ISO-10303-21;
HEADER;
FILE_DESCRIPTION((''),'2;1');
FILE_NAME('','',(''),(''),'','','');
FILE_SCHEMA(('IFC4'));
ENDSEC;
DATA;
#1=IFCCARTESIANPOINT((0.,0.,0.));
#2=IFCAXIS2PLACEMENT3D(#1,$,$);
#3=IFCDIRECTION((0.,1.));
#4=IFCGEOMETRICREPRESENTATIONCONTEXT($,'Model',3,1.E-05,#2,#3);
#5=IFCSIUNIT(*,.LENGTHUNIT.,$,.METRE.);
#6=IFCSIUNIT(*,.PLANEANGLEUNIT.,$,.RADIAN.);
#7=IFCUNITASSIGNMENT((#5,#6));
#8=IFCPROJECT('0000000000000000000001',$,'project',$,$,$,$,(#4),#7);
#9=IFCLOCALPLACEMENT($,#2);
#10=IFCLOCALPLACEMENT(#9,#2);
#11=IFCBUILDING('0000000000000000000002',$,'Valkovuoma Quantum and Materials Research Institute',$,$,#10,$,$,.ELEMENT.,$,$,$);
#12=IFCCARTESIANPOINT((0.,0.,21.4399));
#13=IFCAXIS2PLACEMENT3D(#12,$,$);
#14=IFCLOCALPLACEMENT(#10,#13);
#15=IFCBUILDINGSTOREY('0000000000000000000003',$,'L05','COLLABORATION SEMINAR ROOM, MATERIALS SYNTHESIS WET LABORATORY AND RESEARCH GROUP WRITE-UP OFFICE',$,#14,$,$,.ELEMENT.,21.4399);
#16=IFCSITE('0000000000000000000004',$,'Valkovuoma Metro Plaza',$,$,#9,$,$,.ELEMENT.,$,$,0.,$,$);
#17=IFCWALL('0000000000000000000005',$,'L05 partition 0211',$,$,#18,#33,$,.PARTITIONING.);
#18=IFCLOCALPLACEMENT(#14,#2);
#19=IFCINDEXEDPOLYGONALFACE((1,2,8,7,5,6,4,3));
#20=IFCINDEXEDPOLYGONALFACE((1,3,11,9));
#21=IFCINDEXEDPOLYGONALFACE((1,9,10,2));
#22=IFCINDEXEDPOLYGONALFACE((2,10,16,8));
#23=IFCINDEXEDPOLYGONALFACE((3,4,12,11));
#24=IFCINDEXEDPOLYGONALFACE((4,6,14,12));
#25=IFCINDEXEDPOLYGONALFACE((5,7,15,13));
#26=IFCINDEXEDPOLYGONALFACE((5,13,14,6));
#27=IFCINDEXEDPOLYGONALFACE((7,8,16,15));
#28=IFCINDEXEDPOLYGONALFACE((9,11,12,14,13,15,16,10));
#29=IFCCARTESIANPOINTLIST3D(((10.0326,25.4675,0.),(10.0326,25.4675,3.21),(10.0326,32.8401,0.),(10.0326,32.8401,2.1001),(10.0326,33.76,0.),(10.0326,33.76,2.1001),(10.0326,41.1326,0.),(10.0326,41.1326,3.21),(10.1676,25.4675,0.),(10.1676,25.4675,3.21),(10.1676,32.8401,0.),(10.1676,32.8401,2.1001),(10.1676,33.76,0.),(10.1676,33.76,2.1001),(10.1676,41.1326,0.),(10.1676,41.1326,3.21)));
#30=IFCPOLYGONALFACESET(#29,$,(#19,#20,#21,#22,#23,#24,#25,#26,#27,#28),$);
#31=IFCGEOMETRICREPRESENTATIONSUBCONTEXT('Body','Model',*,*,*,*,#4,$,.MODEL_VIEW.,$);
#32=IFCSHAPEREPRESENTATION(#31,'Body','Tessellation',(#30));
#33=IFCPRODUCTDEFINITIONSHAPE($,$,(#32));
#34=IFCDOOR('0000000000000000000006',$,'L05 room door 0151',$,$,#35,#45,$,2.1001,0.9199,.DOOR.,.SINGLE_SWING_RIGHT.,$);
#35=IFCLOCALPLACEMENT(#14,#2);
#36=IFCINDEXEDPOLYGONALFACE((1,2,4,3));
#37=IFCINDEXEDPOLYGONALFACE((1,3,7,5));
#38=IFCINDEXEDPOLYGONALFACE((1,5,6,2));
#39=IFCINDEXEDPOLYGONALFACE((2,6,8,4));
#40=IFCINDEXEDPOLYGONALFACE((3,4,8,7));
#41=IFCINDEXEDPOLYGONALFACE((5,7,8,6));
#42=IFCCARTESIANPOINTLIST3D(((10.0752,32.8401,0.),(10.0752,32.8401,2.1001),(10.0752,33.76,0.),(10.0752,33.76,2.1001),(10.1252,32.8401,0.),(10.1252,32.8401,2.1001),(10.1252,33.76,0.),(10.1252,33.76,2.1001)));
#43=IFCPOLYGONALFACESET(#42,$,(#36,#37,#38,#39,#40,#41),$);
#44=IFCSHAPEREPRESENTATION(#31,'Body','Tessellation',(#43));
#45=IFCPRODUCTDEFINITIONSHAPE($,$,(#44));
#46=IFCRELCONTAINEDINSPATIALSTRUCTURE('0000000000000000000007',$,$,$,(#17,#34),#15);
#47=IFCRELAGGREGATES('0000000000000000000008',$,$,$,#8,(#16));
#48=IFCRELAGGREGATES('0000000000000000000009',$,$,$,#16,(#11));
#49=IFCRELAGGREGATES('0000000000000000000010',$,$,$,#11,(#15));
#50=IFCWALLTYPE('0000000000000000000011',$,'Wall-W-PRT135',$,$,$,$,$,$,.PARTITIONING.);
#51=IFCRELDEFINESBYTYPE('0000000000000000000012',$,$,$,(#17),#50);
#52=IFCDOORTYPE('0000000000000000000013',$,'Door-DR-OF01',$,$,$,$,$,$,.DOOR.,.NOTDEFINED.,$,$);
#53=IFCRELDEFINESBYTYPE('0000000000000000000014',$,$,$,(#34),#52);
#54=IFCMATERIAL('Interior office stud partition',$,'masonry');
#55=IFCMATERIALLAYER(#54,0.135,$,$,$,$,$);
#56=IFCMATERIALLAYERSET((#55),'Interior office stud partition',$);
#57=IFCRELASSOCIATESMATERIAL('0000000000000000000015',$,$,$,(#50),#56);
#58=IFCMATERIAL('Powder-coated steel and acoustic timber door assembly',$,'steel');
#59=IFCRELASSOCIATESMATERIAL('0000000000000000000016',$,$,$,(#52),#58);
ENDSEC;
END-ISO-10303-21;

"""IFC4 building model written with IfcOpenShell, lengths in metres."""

from ifc_helpers import new_model, si_unit, direction, frame, frame_2d, origin, place, context, subcontext, project, spatial, rectangle, extrude, material, layer, layer_set, type_object, element, fill, save


model = new_model("IFC4")

# Units and contexts
model_context = context("Model", 3, precision=1e-05, world=origin(), true_north=direction((0.0, 1.0)))
body_context = subcontext(model_context, "Body", "Model", "MODEL_VIEW")
ifc_project = project(units=[si_unit("LENGTHUNIT", "METRE"), si_unit("PLANEANGLEUNIT", "RADIAN")], contexts=[model_context])

# Site, building, storey
site_placement = place(None, origin())
site = spatial("IfcSite", under=ifc_project, at=site_placement, Name="Valkovuoma Metro Plaza", CompositionType="ELEMENT", RefElevation=0.0)
building_placement = place(site_placement, origin())
building = spatial("IfcBuilding", under=site, at=building_placement, Name="Valkovuoma Quantum and Materials Research Institute", CompositionType="ELEMENT")
storey_placement = place(building_placement, frame((0.0, 0.0, 21.4399)))
storey = spatial("IfcBuildingStorey", under=building, at=storey_placement, Name="L05", Description="COLLABORATION SEMINAR ROOM, MATERIALS SYNTHESIS WET LABORATORY AND RESEARCH GROUP WRITE-UP OFFICE", CompositionType="ELEMENT", Elevation=21.4399)

# Wall, opening, door
ifc_material_1 = material(Name="Interior office stud partition", Category="masonry")
ifc_layer_1 = layer(ifc_material_1, 0.135)
ifc_layer_set_1 = layer_set([ifc_layer_1], Name="Interior office stud partition")
wall_type_1 = type_object("IfcWallType", Name="Wall-W-PRT135", PredefinedType="PARTITIONING", material=ifc_layer_set_1)
wall_1_placement = place(storey_placement, frame((10.1001, 25.4675, 0.0), z_axis=(0.0, 0.0, 1.0), x_axis=(0.0, 1.0, 0.0)))
wall_1 = element("IfcWall", 1, at=wall_1_placement, inside=storey, type_object=wall_type_1, Name="L05 partition 0211", PredefinedType="PARTITIONING", context=body_context, shape_type="SweptSolid", body=[
    extrude(rectangle(XDim=15.665, YDim=0.135, at=frame_2d((7.8325, 0.0))), origin(), (0.0, 0.0, 1.0), 3.21),
])
opening_1_placement = place(wall_1_placement, frame((7.3726, 0.0, 0.0)))
opening_1 = element("IfcOpeningElement", 2, at=opening_1_placement, cuts=wall_1, PredefinedType="OPENING", context=body_context, shape_type="SweptSolid", body=[
    extrude(rectangle(XDim=0.9199, YDim=2.1001, at=frame_2d((0.46, 1.05))), frame((0.0, 0.0776, 0.0), z_axis=(0.0, -1.0, 0.0), x_axis=(1.0, 0.0, 0.0)), (0.0, 0.0, 1.0), 0.155),
])
ifc_material_2 = material(Name="Powder-coated steel and acoustic timber door assembly", Category="steel")
door_type_1 = type_object("IfcDoorType", Name="Door-DR-OF01", OperationType="NOTDEFINED", PredefinedType="DOOR", material=ifc_material_2)
door_1_placement = place(opening_1_placement, origin())
door_1 = element("IfcDoor", 3, at=door_1_placement, inside=storey, type_object=door_type_1, Name="L05 room door 0151", OperationType="SINGLE_SWING_RIGHT", OverallHeight=2.1001, OverallWidth=0.9199, PredefinedType="DOOR", context=body_context, shape_type="SweptSolid", body=[
    extrude(rectangle(XDim=0.9199, YDim=2.1001, at=frame_2d((0.46, 1.05))), frame((0.0, 0.0249, 0.0), z_axis=(0.0, -1.0, 0.0), x_axis=(1.0, 0.0, 0.0)), (0.0, 0.0, 1.0), 0.05),
])
fill(opening_1, door_1)

save(model, "model.ifc")
